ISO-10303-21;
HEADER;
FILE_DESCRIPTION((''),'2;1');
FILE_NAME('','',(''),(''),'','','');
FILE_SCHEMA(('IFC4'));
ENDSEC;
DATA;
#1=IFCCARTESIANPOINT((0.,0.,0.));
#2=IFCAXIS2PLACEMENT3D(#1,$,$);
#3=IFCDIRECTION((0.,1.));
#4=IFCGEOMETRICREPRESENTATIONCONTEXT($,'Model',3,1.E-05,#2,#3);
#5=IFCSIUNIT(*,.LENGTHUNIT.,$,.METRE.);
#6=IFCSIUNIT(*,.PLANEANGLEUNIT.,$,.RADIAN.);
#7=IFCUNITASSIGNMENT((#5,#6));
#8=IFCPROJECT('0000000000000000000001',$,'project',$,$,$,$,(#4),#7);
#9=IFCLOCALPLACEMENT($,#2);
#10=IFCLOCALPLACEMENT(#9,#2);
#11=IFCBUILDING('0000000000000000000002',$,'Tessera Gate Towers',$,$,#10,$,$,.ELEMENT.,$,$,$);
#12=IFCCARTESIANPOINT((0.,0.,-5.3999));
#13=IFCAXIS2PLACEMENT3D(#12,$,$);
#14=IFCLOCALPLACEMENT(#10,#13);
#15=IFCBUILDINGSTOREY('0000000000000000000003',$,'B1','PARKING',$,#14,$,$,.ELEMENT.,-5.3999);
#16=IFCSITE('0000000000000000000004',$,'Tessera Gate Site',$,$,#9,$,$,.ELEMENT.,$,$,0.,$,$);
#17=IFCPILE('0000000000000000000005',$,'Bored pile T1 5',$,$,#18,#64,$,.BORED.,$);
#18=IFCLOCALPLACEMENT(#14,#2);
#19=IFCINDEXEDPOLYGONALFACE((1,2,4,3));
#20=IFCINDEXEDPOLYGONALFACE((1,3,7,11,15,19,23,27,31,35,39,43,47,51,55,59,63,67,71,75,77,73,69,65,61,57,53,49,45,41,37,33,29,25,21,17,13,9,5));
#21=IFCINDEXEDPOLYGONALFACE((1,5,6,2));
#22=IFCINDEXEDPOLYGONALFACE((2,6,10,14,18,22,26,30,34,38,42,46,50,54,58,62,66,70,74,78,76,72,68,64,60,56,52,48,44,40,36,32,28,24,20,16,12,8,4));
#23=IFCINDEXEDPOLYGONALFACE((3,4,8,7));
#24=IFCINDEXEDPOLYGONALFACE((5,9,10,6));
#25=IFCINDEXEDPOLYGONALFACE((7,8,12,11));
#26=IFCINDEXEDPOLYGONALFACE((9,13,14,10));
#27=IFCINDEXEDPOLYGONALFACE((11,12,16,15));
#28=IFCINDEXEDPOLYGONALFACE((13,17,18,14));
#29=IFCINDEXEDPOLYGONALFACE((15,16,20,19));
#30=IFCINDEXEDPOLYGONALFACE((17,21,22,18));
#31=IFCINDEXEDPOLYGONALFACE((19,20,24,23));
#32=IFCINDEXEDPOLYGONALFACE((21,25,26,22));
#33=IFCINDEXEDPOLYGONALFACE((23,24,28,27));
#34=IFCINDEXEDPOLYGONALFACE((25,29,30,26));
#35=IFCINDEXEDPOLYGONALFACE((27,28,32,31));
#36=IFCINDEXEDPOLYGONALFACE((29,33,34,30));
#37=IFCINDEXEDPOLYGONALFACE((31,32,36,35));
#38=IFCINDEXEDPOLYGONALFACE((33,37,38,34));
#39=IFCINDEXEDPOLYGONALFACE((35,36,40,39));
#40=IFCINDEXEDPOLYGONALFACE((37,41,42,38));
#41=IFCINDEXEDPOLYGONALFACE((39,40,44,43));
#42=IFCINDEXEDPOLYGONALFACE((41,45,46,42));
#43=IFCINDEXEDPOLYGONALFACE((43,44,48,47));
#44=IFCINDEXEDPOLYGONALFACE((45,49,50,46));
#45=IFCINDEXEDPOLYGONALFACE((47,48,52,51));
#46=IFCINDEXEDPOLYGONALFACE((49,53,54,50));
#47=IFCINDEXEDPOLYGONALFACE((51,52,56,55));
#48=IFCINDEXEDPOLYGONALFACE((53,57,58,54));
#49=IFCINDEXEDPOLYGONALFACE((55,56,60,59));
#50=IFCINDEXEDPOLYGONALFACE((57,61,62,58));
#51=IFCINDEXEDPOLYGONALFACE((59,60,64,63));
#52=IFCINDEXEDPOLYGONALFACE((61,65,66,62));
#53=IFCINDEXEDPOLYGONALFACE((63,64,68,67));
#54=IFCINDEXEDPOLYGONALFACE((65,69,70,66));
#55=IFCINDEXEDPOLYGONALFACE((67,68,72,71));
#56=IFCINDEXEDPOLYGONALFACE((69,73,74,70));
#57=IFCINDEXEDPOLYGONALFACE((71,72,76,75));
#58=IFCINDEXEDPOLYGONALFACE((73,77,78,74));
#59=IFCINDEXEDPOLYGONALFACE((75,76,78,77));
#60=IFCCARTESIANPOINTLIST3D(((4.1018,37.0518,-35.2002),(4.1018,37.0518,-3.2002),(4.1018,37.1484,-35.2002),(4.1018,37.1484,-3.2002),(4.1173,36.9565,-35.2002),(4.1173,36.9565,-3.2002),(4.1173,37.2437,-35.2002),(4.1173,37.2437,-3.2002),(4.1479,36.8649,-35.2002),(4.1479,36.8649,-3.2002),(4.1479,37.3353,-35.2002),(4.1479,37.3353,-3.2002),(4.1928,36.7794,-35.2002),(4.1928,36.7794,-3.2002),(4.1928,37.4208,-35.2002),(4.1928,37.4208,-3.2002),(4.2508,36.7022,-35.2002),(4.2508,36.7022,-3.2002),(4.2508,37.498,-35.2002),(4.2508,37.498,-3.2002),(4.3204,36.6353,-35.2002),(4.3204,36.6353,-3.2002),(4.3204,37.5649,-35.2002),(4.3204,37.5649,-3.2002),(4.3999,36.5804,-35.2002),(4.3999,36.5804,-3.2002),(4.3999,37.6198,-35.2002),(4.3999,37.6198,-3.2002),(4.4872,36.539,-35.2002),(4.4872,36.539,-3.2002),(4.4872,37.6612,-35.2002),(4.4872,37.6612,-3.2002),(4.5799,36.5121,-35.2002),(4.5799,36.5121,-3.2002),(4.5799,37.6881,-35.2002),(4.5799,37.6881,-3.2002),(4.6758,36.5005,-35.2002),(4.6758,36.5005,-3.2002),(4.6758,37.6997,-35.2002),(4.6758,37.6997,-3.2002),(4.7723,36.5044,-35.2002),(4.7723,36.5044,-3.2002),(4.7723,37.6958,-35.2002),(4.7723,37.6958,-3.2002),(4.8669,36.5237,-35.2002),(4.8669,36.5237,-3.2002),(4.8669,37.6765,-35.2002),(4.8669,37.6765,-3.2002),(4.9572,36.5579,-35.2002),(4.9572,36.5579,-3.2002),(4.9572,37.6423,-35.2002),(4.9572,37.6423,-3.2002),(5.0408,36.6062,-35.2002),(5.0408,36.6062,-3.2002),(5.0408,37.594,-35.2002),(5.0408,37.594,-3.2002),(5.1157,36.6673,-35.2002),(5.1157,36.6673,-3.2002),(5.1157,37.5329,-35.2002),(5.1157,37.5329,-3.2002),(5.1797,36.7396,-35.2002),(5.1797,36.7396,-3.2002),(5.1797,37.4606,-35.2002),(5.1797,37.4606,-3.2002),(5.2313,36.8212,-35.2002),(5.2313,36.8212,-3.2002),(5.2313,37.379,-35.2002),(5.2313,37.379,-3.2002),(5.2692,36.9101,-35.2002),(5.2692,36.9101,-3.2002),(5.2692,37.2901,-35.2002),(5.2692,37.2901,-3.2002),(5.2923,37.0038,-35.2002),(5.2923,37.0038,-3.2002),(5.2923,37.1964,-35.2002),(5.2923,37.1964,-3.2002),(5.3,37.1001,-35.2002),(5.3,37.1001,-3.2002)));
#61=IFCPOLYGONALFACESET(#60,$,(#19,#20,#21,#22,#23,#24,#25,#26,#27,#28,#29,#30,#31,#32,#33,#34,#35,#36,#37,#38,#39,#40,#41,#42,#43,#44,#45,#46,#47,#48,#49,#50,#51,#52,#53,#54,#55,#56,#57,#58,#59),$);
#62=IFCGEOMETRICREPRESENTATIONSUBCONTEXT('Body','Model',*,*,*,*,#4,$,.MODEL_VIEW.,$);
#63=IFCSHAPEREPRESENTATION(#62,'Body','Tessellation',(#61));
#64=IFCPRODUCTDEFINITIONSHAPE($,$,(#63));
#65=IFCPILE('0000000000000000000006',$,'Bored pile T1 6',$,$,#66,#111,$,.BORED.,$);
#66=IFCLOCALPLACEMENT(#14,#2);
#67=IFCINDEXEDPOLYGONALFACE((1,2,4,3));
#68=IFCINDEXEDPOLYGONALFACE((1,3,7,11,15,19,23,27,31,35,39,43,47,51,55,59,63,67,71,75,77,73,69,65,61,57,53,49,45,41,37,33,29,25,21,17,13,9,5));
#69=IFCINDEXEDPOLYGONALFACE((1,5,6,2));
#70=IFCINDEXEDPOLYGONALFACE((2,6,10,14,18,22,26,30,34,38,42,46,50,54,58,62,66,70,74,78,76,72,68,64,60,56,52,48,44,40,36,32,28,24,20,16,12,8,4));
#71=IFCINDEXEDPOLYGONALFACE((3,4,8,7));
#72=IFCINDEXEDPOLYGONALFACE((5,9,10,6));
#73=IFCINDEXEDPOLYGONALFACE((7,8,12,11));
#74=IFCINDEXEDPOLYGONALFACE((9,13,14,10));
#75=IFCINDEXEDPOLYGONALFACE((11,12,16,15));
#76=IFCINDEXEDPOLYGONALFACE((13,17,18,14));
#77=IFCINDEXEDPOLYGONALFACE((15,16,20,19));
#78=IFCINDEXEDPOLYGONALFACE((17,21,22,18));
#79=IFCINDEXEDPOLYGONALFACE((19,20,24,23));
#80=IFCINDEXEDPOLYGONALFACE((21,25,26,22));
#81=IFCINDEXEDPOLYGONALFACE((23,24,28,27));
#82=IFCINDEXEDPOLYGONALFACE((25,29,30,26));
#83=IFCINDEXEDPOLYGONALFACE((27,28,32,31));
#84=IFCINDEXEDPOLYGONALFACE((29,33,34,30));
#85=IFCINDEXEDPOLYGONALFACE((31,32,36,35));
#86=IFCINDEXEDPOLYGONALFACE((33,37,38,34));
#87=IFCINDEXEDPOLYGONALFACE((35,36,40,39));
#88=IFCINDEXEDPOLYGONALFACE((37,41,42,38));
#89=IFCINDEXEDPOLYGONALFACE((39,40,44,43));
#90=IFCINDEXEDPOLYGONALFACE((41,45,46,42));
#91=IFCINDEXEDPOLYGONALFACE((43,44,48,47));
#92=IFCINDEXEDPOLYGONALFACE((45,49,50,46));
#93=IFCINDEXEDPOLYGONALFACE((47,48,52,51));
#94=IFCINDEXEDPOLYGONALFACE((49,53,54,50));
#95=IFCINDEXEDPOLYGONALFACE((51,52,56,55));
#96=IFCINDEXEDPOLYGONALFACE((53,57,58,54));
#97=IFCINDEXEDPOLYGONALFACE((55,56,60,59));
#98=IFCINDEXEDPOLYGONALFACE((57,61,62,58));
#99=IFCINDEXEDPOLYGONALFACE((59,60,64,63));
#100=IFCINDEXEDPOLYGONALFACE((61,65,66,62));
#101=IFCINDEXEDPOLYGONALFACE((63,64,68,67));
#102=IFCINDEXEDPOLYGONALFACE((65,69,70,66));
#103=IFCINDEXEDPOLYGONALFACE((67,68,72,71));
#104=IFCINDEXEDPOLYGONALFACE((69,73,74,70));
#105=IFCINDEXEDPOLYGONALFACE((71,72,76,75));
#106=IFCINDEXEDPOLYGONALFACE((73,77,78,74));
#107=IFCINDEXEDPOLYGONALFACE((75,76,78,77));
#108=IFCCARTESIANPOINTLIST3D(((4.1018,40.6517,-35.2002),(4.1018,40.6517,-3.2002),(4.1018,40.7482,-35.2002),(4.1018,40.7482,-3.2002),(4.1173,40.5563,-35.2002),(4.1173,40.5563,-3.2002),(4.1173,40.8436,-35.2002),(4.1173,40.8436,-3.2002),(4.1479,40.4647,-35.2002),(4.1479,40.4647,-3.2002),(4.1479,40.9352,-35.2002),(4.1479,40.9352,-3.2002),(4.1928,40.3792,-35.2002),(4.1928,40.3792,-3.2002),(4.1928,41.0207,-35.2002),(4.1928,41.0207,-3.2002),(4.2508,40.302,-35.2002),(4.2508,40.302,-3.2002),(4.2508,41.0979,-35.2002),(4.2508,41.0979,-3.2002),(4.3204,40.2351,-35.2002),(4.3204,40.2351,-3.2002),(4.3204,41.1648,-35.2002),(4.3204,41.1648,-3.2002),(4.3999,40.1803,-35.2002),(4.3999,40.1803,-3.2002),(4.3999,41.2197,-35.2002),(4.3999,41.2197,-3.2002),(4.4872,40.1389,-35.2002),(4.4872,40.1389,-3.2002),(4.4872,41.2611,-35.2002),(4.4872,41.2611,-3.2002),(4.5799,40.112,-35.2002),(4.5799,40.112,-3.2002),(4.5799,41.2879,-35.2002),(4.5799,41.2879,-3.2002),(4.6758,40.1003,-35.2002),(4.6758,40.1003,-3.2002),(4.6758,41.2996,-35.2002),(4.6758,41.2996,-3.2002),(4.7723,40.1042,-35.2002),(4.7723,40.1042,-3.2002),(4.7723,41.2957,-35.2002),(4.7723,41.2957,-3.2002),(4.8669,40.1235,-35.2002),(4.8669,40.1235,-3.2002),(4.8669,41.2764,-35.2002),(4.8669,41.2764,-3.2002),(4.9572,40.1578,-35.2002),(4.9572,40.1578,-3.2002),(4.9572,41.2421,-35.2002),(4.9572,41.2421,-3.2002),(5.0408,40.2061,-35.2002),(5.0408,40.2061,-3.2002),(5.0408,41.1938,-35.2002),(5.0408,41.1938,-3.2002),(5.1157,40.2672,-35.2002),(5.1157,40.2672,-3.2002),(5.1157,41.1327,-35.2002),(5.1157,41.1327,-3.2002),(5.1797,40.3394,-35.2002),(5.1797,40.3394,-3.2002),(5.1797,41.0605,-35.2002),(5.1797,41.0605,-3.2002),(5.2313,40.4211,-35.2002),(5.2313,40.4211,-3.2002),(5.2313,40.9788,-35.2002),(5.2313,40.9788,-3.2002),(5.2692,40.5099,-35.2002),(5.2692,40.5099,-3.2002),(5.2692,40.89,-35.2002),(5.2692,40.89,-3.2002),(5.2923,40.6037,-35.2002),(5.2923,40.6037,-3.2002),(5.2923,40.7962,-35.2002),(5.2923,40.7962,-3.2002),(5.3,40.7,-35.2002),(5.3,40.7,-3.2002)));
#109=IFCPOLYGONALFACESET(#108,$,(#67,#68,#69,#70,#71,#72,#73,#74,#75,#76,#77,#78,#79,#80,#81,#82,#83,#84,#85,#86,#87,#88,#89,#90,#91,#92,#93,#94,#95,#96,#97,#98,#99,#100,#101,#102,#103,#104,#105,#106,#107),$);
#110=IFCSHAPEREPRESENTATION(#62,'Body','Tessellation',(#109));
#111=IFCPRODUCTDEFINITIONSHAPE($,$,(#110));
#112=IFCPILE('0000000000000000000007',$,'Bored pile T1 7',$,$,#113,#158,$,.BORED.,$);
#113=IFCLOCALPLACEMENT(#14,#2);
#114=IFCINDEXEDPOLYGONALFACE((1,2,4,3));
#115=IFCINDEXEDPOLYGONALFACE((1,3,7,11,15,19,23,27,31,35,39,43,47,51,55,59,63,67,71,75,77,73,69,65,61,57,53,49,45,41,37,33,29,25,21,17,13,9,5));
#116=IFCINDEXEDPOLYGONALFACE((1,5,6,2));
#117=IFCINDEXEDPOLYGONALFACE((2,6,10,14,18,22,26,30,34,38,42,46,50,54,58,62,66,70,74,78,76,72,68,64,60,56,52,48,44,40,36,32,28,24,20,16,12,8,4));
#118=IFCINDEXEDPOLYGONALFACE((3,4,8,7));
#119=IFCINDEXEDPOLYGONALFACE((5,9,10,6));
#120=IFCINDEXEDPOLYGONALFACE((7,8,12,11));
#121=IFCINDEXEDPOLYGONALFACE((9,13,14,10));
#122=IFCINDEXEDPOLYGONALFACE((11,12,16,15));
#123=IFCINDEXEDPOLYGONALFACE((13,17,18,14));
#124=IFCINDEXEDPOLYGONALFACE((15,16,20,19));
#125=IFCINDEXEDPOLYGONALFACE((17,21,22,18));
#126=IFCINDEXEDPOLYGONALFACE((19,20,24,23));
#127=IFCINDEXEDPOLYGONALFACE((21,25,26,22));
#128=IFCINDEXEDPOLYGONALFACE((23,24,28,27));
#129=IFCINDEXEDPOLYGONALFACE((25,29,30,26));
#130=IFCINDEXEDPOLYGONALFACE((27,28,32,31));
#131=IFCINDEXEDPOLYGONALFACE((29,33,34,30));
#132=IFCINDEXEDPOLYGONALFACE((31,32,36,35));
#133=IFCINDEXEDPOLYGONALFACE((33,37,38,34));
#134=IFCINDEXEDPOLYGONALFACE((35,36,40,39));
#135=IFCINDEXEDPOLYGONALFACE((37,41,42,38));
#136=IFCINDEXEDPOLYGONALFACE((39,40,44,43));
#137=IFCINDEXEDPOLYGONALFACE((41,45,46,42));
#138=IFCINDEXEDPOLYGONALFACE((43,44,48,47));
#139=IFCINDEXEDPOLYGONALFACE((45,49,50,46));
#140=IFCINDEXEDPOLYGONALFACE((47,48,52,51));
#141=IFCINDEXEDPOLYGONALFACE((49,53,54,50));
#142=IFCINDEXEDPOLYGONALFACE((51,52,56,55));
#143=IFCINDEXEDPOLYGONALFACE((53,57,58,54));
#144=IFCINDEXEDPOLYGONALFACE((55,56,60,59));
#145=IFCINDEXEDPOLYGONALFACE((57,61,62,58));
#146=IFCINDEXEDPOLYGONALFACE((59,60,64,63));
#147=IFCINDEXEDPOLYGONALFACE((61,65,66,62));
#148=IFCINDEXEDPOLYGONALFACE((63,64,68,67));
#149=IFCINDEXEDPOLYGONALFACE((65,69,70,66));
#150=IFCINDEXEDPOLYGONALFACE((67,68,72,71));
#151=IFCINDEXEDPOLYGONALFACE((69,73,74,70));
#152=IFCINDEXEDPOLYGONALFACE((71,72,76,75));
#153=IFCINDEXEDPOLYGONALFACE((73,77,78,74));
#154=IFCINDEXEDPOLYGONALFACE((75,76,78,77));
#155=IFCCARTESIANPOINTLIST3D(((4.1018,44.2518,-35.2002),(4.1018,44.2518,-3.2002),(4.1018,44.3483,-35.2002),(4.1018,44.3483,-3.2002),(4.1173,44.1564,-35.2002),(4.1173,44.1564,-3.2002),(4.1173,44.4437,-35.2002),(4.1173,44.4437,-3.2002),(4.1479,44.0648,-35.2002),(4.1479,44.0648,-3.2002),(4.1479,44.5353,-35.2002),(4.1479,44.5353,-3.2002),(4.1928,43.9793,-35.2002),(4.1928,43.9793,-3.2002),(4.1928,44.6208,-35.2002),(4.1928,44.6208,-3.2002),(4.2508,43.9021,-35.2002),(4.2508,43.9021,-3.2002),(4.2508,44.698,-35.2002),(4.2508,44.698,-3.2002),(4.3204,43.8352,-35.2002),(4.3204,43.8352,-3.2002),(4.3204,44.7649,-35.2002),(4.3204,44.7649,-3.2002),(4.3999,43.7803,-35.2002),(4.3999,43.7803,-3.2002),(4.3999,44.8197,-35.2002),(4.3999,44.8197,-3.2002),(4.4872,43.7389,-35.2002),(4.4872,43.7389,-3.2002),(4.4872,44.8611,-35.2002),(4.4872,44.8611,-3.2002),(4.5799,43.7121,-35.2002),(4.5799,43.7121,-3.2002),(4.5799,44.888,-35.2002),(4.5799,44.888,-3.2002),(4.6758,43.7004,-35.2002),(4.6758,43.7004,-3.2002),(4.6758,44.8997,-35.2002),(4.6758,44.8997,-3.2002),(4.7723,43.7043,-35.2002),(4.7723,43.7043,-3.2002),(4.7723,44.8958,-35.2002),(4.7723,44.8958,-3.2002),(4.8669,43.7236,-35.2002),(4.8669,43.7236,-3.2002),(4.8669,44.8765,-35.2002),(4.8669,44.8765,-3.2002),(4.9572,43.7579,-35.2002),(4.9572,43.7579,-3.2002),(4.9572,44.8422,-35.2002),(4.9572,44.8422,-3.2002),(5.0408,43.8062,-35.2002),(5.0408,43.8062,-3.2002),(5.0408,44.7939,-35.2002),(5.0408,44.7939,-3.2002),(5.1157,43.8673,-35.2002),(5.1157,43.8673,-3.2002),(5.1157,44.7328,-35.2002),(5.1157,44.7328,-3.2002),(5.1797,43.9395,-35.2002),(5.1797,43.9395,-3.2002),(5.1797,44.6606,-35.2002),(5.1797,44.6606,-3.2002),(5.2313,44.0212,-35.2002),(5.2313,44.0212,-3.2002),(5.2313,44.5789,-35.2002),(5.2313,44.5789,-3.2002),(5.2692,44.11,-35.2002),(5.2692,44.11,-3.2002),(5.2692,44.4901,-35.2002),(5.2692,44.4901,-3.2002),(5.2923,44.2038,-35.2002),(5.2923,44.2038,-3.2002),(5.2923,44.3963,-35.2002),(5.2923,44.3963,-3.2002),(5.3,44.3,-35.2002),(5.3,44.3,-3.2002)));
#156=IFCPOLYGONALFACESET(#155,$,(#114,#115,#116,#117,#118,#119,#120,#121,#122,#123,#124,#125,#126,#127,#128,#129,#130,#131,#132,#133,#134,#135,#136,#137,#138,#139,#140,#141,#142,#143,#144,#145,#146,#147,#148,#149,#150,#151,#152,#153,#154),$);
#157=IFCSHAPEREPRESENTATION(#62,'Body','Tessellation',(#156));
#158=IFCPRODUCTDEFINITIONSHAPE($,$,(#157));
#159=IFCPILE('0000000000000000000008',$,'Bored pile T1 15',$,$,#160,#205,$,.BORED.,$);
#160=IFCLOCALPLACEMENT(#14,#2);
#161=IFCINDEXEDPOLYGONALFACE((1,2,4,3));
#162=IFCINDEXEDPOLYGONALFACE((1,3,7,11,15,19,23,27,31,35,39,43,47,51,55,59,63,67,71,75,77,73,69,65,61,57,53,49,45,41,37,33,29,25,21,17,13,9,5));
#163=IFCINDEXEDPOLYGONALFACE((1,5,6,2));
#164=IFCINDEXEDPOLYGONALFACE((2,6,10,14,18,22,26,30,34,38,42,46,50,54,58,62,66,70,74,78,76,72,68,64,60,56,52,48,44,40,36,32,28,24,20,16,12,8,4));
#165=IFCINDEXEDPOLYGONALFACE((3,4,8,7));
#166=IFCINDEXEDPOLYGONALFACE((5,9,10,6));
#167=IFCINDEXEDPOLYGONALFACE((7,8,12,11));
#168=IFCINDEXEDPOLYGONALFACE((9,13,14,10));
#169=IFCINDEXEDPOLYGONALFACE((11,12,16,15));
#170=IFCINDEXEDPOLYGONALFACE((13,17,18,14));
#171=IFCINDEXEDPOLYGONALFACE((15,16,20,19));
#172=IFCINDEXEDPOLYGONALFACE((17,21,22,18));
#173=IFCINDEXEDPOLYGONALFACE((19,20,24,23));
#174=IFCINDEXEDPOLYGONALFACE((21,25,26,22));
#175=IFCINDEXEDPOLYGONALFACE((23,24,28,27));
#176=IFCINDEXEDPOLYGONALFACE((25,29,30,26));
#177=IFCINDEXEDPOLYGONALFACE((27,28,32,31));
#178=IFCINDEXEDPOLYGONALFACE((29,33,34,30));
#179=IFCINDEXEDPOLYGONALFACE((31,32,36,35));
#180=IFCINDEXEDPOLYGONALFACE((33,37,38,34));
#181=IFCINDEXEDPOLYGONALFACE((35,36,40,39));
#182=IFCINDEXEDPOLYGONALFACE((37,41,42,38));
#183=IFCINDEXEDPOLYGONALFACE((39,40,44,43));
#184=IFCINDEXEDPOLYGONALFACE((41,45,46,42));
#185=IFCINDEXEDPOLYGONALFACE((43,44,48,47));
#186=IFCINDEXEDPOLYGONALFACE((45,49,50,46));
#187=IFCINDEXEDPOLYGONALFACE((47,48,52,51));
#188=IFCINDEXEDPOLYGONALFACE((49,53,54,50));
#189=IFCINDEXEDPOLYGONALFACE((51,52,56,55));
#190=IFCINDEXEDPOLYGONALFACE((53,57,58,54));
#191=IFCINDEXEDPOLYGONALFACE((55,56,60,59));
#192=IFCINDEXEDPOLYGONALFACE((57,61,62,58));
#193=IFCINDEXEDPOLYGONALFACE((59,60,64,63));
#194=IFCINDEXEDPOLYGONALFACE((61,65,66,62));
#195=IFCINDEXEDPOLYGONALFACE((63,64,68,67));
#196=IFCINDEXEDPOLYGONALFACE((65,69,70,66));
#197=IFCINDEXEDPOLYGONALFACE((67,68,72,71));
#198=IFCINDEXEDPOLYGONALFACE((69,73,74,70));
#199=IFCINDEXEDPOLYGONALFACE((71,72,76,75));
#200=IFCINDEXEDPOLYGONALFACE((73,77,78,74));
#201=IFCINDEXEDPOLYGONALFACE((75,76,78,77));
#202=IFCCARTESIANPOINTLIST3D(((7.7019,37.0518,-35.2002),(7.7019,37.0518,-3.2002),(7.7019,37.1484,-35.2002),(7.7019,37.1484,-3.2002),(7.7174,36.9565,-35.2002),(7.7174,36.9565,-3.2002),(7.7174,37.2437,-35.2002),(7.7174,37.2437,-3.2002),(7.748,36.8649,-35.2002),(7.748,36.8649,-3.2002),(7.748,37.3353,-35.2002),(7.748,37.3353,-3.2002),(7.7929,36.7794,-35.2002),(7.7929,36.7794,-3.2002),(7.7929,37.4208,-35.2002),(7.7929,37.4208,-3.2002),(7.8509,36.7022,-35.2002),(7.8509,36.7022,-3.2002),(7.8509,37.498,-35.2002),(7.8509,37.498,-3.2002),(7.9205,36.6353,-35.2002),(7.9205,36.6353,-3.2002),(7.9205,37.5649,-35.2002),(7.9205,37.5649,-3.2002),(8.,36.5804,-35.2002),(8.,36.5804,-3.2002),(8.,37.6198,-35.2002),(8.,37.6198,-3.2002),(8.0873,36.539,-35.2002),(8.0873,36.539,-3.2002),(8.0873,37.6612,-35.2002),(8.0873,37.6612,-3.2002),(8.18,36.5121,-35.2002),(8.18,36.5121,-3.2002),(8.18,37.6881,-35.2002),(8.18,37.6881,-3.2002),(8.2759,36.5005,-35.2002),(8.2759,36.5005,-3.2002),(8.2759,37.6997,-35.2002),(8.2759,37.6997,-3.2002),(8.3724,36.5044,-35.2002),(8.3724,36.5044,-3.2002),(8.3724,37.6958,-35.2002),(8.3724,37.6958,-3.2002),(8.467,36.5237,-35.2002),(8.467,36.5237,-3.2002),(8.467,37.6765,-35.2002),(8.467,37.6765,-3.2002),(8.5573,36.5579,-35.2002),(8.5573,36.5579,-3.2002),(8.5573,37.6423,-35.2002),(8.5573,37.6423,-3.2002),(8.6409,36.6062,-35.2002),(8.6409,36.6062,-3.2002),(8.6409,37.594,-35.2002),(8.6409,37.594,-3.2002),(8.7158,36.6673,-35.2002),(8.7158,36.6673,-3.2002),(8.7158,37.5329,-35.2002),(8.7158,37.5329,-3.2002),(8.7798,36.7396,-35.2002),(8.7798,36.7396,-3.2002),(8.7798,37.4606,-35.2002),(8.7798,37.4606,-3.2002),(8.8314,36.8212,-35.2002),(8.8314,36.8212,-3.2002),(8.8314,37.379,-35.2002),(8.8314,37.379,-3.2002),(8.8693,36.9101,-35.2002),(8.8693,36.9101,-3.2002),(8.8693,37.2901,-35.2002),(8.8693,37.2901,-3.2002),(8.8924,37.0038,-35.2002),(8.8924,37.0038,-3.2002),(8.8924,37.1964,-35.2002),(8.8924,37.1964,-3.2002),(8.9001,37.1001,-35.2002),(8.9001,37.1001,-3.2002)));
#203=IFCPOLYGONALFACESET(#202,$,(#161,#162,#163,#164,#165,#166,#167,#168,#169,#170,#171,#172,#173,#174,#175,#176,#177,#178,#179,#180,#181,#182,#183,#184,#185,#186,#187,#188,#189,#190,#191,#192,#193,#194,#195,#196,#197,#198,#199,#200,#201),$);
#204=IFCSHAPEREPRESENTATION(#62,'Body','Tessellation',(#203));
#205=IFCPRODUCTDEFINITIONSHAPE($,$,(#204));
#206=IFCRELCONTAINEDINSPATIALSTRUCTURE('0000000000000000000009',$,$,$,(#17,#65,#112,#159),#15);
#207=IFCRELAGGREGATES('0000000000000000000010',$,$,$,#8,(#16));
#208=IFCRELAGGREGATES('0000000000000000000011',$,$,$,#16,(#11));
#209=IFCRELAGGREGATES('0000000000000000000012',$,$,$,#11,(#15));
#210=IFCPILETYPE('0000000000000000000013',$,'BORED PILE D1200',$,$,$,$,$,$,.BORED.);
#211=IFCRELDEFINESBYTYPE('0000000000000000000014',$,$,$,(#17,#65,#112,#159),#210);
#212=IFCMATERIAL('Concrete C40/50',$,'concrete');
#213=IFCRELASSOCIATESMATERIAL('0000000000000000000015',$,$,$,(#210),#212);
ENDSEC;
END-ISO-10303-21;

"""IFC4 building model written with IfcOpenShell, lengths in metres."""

from ifc_helpers import new_model, si_unit, direction, frame, origin, origin_2d, place, context, subcontext, project, spatial, circle, extrude, material, material_profile, profile_set, type_object, element, save


model = new_model("IFC4")

# Units and contexts
model_context = context("Model", 3, precision=1e-05, world=origin(), true_north=direction((0.0, 1.0)))
body_context = subcontext(model_context, "Body", "Model", "MODEL_VIEW")
ifc_project = project(units=[si_unit("LENGTHUNIT", "METRE"), si_unit("PLANEANGLEUNIT", "RADIAN")], contexts=[model_context])

# Site, building, storey
site_placement = place(None, origin())
site = spatial("IfcSite", under=ifc_project, at=site_placement, Name="Tessera Gate Site", CompositionType="ELEMENT", RefElevation=0.0)
building_placement = place(site_placement, origin())
building = spatial("IfcBuilding", under=site, at=building_placement, Name="Tessera Gate Towers", CompositionType="ELEMENT")
storey_placement = place(building_placement, frame((0.0, 0.0, -5.3999)))
storey = spatial("IfcBuildingStorey", under=building, at=storey_placement, Name="B1", Description="PARKING", CompositionType="ELEMENT", Elevation=-5.3999)

# Piles
ifc_material_1 = material(Name="Concrete C40/50", Category="concrete")
ifc_material_profile_1 = material_profile(ifc_material_1, circle(Radius=0.6001, at=origin_2d()), Name="BORED PILE D1200")
ifc_profile_set_1 = profile_set([ifc_material_profile_1], Name="Concrete C40/50")
pile_type = type_object("IfcPileType", Name="BORED PILE D1200", PredefinedType="BORED", material=ifc_profile_set_1)
for number, where, z_axis, x_axis, name in (
    (1, (4.7, 37.1001, -3.2002), (0.0, 0.0, -1.0), (1.0, 0.0, 0.0), "Bored pile T1 5"),
    (2, (4.7, 40.7, -3.2002), (0.0, 0.0, -1.0), (1.0, 0.0, 0.0), "Bored pile T1 6"),
    (3, (4.7, 44.3, -3.2002), (0.0, 0.0, -1.0), (1.0, 0.0, 0.0), "Bored pile T1 7"),
    (4, (8.3, 37.1001, -3.2002), (0.0, 0.0, -1.0), (1.0, 0.0, 0.0), "Bored pile T1 15"),
):
    element("IfcPile", number, at=place(storey_placement, frame(where, z_axis=z_axis, x_axis=x_axis)), inside=storey, type_object=pile_type, Name=name, PredefinedType="BORED", context=body_context, shape_type="SweptSolid", body=[
        extrude(circle(Radius=0.6001, at=origin_2d()), origin(), (0.0, 0.0, 1.0), 32.0),
    ])

save(model, "model.ifc")
